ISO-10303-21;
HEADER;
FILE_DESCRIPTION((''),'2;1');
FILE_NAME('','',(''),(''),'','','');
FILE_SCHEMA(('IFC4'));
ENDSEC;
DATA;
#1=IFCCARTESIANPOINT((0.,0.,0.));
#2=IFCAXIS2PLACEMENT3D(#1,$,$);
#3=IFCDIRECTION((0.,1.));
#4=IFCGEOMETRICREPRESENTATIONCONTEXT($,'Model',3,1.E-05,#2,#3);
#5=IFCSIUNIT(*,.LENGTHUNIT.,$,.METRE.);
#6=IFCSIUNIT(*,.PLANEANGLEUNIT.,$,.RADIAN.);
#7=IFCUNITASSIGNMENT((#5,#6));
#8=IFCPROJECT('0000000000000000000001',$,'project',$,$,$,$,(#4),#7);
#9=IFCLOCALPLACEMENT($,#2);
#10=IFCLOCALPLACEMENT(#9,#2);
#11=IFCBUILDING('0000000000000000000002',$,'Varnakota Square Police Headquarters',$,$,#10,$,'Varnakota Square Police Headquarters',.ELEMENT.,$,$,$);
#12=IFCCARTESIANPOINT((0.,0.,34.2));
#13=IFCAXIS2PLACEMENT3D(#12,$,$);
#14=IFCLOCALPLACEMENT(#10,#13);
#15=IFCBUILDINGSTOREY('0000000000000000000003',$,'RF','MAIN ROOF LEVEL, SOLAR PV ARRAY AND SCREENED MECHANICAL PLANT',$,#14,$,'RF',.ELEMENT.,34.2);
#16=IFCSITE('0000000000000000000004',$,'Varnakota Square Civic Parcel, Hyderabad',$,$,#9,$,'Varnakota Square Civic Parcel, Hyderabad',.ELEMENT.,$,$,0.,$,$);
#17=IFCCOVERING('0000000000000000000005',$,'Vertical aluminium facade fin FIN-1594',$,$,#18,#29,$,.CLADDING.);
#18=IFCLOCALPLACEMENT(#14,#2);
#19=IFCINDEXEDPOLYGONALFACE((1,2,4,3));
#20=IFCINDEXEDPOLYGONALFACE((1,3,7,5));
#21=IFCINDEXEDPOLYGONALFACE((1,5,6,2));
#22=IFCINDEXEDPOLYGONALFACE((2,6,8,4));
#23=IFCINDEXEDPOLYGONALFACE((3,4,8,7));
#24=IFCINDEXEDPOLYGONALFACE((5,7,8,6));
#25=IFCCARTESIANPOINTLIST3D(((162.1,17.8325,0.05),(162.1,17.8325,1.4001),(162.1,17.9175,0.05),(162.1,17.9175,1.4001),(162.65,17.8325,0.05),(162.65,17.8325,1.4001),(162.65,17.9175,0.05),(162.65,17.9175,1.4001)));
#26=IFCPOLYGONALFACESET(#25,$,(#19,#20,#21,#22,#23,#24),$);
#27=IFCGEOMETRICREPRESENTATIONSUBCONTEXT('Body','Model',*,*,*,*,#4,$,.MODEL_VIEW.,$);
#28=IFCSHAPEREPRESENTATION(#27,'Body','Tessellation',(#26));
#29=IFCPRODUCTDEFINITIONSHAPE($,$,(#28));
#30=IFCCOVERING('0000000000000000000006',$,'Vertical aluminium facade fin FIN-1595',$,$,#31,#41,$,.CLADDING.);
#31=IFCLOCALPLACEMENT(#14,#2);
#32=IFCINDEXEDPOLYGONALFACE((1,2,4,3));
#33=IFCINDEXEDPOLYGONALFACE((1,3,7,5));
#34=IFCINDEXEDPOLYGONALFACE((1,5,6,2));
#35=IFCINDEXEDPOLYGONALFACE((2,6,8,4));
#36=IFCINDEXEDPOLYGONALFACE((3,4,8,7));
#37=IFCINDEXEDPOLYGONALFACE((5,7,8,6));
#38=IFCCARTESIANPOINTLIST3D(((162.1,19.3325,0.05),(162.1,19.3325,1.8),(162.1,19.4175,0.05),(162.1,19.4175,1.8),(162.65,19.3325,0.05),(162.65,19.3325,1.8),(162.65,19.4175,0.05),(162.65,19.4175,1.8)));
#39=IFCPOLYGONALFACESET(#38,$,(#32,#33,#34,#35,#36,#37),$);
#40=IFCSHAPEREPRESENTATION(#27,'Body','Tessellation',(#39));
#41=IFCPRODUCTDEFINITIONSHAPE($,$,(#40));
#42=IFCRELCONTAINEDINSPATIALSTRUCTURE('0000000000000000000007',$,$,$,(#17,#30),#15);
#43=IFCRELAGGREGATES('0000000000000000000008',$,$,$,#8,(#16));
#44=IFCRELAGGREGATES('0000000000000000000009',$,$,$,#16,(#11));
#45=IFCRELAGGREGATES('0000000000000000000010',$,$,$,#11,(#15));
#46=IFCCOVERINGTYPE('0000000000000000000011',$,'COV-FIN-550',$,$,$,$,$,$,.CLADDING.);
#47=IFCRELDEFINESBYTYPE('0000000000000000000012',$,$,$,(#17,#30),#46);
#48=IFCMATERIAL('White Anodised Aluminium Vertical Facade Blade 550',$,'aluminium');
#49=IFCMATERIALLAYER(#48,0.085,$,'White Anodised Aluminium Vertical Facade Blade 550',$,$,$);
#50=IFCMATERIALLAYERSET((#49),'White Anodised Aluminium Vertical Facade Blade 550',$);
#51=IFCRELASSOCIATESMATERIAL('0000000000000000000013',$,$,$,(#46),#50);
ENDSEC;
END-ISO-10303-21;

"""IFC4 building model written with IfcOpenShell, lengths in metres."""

from ifc_helpers import new_model, si_unit, direction, frame, origin, origin_2d, place, context, subcontext, project, spatial, rectangle, extrude, material, layer, layer_set, type_object, element, save


model = new_model("IFC4")

# Units and contexts
model_context = context("Model", 3, precision=1e-05, world=origin(), true_north=direction((0.0, 1.0)))
body_context = subcontext(model_context, "Body", "Model", "MODEL_VIEW")
ifc_project = project(units=[si_unit("LENGTHUNIT", "METRE"), si_unit("PLANEANGLEUNIT", "RADIAN")], contexts=[model_context])

# Site, building, storey
site_placement = place(None, origin())
site = spatial("IfcSite", under=ifc_project, at=site_placement, Name="Varnakota Square Civic Parcel, Hyderabad", LongName="Varnakota Square Civic Parcel, Hyderabad", CompositionType="ELEMENT", RefElevation=0.0)
building_placement = place(site_placement, origin())
building = spatial("IfcBuilding", under=site, at=building_placement, Name="Varnakota Square Police Headquarters", LongName="Varnakota Square Police Headquarters", CompositionType="ELEMENT")
storey_placement = place(building_placement, frame((0.0, 0.0, 34.2)))
storey = spatial("IfcBuildingStorey", under=building, at=storey_placement, Name="RF", Description="MAIN ROOF LEVEL, SOLAR PV ARRAY AND SCREENED MECHANICAL PLANT", LongName="RF", CompositionType="ELEMENT", Elevation=34.2)

# Coverings
ifc_material_1 = material(Name="White Anodised Aluminium Vertical Facade Blade 550", Category="aluminium")
ifc_layer_1 = layer(ifc_material_1, 0.085, Name="White Anodised Aluminium Vertical Facade Blade 550")
ifc_layer_set_1 = layer_set([ifc_layer_1], Name="White Anodised Aluminium Vertical Facade Blade 550")
covering_type_1 = type_object("IfcCoveringType", Name="COV-FIN-550", PredefinedType="CLADDING", material=ifc_layer_set_1)
covering_1_placement = place(storey_placement, frame((162.375, 17.875, 0.05), z_axis=(0.0, 0.0, 1.0), x_axis=(0.0, 1.0, 0.0)))
element("IfcCovering", 1, at=covering_1_placement, inside=storey, type_object=covering_type_1, Name="Vertical aluminium facade fin FIN-1594", PredefinedType="CLADDING", context=body_context, shape_type="SweptSolid", body=[
    extrude(rectangle(XDim=0.085, YDim=0.55, at=origin_2d()), origin(), (0.0, 0.0, 1.0), 1.3501),
])
covering_2_placement = place(storey_placement, frame((162.375, 19.375, 0.05), z_axis=(0.0, 0.0, 1.0), x_axis=(0.0, 1.0, 0.0)))
element("IfcCovering", 2, at=covering_2_placement, inside=storey, type_object=covering_type_1, Name="Vertical aluminium facade fin FIN-1595", PredefinedType="CLADDING", context=body_context, shape_type="SweptSolid", body=[
    extrude(rectangle(XDim=0.085, YDim=0.55, at=origin_2d()), origin(), (0.0, 0.0, 1.0), 1.75),
])

save(model, "model.ifc")
